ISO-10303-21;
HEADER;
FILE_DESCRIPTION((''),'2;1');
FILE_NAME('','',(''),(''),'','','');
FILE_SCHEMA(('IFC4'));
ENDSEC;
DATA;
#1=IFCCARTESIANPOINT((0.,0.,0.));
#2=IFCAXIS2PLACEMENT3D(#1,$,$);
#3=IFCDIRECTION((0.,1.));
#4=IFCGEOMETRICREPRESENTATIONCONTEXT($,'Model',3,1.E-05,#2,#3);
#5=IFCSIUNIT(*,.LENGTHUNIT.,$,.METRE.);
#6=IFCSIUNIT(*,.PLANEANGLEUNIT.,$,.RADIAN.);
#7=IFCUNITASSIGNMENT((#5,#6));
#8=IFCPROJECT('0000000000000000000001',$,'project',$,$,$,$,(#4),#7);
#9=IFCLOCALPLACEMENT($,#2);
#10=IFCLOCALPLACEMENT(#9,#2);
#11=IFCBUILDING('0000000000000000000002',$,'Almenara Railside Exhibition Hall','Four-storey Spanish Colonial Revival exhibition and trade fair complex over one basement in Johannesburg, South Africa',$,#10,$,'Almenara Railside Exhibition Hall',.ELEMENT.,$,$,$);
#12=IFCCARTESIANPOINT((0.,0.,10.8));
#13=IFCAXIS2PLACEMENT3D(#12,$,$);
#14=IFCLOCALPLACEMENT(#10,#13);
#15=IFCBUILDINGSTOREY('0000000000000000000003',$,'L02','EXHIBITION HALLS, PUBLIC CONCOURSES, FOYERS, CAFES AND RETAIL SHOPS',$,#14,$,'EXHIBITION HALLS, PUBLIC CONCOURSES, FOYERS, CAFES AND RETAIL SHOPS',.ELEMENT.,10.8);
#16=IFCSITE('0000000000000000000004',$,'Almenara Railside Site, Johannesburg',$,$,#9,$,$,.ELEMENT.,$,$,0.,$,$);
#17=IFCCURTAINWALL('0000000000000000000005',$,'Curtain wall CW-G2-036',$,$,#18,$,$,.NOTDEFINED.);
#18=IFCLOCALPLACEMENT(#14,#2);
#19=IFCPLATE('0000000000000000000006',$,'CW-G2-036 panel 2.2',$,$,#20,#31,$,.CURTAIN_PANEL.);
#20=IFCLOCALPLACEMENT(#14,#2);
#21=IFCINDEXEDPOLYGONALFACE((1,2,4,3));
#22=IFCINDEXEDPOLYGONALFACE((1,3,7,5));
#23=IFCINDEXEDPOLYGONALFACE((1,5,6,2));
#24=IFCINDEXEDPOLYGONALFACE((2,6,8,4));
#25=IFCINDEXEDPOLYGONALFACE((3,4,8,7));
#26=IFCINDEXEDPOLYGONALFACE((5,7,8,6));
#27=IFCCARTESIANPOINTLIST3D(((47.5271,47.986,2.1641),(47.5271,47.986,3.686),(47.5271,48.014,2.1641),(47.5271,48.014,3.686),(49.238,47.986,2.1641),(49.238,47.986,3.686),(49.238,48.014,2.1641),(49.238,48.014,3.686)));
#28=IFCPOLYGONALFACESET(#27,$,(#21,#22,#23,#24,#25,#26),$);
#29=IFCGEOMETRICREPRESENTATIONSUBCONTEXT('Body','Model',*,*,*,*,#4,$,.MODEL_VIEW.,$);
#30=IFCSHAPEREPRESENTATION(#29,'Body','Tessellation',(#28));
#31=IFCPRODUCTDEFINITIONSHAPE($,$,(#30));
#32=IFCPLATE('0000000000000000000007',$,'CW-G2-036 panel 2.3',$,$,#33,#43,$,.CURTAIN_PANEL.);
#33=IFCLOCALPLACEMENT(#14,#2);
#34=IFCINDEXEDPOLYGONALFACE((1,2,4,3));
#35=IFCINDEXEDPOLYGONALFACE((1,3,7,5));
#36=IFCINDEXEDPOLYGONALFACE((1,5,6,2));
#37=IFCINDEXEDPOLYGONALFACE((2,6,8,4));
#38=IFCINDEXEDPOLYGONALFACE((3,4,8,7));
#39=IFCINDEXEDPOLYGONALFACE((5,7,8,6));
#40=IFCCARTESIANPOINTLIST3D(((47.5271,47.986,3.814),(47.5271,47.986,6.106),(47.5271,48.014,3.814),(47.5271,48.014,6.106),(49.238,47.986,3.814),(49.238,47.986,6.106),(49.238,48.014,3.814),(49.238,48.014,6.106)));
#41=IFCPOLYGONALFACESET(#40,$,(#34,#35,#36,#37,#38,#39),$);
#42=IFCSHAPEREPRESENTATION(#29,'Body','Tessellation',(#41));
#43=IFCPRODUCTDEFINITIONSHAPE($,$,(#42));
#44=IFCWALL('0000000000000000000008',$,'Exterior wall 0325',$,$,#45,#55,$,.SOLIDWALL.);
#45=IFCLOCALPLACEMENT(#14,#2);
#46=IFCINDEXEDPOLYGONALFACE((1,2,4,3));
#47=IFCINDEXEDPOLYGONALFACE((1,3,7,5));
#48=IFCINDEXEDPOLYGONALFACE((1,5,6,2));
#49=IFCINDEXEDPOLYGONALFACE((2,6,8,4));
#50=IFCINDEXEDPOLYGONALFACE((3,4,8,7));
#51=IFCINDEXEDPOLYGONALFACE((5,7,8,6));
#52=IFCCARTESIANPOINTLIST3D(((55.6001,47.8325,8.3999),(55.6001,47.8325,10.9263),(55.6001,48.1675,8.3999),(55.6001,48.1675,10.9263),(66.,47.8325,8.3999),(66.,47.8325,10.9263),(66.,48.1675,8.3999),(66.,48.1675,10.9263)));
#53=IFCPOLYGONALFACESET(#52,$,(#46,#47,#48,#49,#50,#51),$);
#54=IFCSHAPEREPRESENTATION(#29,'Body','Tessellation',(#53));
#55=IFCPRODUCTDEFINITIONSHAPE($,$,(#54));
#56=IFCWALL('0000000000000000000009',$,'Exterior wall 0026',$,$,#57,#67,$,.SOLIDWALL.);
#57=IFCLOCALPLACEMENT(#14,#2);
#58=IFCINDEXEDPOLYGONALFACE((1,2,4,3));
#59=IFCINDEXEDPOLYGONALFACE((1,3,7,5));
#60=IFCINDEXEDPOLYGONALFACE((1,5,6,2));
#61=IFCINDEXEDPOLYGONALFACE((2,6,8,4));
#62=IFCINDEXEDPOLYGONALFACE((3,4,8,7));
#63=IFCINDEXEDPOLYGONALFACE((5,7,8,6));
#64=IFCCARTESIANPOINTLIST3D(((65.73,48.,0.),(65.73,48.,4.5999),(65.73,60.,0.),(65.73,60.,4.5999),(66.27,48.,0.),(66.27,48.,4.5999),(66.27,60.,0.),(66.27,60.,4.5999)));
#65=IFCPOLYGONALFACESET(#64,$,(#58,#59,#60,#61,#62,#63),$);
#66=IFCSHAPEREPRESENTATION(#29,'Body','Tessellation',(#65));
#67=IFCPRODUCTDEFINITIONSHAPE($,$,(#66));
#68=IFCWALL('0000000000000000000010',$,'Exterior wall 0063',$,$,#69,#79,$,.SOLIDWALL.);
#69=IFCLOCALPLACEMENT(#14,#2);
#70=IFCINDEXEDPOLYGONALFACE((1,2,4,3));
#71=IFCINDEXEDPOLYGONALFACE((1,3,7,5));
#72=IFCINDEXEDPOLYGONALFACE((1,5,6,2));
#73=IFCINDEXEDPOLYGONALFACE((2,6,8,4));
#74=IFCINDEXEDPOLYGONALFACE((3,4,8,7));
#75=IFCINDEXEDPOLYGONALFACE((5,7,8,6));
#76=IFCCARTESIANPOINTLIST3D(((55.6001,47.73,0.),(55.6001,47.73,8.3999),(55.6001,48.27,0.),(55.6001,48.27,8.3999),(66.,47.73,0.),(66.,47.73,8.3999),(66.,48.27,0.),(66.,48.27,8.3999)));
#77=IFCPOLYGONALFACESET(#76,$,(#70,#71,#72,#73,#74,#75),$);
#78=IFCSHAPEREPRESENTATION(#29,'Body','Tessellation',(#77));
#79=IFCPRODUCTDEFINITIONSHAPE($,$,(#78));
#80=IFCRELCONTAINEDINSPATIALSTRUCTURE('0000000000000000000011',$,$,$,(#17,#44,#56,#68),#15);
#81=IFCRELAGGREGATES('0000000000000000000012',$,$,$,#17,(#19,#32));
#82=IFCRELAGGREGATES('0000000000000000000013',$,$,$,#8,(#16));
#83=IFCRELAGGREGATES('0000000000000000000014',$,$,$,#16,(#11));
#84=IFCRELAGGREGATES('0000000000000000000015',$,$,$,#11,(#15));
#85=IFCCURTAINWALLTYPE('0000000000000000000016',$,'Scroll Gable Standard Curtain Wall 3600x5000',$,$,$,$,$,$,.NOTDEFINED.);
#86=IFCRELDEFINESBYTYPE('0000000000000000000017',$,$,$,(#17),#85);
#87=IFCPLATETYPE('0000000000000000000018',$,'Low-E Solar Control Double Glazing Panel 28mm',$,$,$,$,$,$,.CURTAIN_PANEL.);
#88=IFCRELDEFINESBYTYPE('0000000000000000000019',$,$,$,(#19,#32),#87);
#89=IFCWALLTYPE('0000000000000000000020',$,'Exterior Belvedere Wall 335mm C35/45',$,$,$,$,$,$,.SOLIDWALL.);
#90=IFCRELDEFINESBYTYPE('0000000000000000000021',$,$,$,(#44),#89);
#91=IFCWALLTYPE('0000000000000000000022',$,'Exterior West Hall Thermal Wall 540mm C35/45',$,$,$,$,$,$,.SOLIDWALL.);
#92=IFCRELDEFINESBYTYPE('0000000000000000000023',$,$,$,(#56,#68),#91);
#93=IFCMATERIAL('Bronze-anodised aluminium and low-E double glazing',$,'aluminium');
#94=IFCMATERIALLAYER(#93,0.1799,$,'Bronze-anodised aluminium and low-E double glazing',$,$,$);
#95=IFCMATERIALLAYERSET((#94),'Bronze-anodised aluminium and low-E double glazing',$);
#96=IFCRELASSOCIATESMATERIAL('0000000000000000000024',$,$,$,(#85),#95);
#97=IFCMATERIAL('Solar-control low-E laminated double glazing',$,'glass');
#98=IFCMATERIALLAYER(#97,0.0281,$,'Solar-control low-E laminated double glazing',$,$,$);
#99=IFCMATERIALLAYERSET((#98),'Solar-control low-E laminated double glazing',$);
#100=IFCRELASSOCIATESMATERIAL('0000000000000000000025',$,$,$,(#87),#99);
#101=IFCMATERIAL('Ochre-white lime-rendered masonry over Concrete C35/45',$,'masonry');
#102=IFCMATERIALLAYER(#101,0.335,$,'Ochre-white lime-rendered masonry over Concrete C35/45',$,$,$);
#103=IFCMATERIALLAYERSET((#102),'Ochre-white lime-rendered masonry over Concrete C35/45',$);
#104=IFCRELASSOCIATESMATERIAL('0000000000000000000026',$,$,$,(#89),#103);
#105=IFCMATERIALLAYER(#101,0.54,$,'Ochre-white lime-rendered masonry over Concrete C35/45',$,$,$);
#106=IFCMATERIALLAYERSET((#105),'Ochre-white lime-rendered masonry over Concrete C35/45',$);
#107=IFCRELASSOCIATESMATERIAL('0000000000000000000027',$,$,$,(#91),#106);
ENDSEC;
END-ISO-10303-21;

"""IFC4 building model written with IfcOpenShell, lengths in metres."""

from ifc_helpers import new_model, si_unit, direction, frame, frame_2d, origin, origin_2d, place, context, subcontext, project, spatial, rectangle, extrude, material, layer, layer_set, type_object, element, aggregate, save


model = new_model("IFC4")

# Units and contexts
model_context = context("Model", 3, precision=1e-05, world=origin(), true_north=direction((0.0, 1.0)))
body_context = subcontext(model_context, "Body", "Model", "MODEL_VIEW")
ifc_project = project(units=[si_unit("LENGTHUNIT", "METRE"), si_unit("PLANEANGLEUNIT", "RADIAN")], contexts=[model_context])

# Site, building, storey
site_placement = place(None, origin())
site = spatial("IfcSite", under=ifc_project, at=site_placement, Name="Almenara Railside Site, Johannesburg", CompositionType="ELEMENT", RefElevation=0.0)
building_placement = place(site_placement, origin())
building = spatial("IfcBuilding", under=site, at=building_placement, Name="Almenara Railside Exhibition Hall", Description="Four-storey Spanish Colonial Revival exhibition and trade fair complex over one basement in Johannesburg, South Africa", LongName="Almenara Railside Exhibition Hall", CompositionType="ELEMENT")
storey_placement = place(building_placement, frame((0.0, 0.0, 10.8)))
storey = spatial("IfcBuildingStorey", under=building, at=storey_placement, Name="L02", Description="EXHIBITION HALLS, PUBLIC CONCOURSES, FOYERS, CAFES AND RETAIL SHOPS", LongName="EXHIBITION HALLS, PUBLIC CONCOURSES, FOYERS, CAFES AND RETAIL SHOPS", CompositionType="ELEMENT", Elevation=10.8)

# Shared definitions
ifc_material_1 = material(Name="Bronze-anodised aluminium and low-E double glazing", Category="aluminium")
ifc_layer_1 = layer(ifc_material_1, 0.1799, Name="Bronze-anodised aluminium and low-E double glazing")
ifc_layer_set_1 = layer_set([ifc_layer_1], Name="Bronze-anodised aluminium and low-E double glazing")
curtain_wall_type_1 = type_object("IfcCurtainWallType", Name="Scroll Gable Standard Curtain Wall 3600x5000", PredefinedType="NOTDEFINED", material=ifc_layer_set_1)

# Curtain wall
curtain_wall_1_placement = place(storey_placement, origin())
curtain_wall_1 = element("IfcCurtainWall", 1, at=curtain_wall_1_placement, inside=storey, type_object=curtain_wall_type_1, Name="Curtain wall CW-G2-036", PredefinedType="NOTDEFINED")

# Plates
ifc_material_2 = material(Name="Solar-control low-E laminated double glazing", Category="glass")
ifc_layer_2 = layer(ifc_material_2, 0.0281, Name="Solar-control low-E laminated double glazing")
ifc_layer_set_2 = layer_set([ifc_layer_2], Name="Solar-control low-E laminated double glazing")
plate_type_1 = type_object("IfcPlateType", Name="Low-E Solar Control Double Glazing Panel 28mm", PredefinedType="CURTAIN_PANEL", material=ifc_layer_set_2)
plate_1_placement = place(storey_placement, frame((48.3826, 48.0, 2.1641), z_axis=(0.0, 0.0, 1.0), x_axis=(1.0, 0.0, 0.0)))
plate_1 = element("IfcPlate", 2, at=plate_1_placement, type_object=plate_type_1, Name="CW-G2-036 panel 2.2", PredefinedType="CURTAIN_PANEL", context=body_context, shape_type="SweptSolid", body=[
    extrude(rectangle(XDim=1.7109, YDim=0.0281, at=origin_2d()), origin(), (0.0, 0.0, 1.0), 1.522),
])
plate_2_placement = place(storey_placement, frame((48.3826, 48.0, 3.814), z_axis=(0.0, 0.0, 1.0), x_axis=(1.0, 0.0, 0.0)))
plate_2 = element("IfcPlate", 3, at=plate_2_placement, type_object=plate_type_1, Name="CW-G2-036 panel 2.3", PredefinedType="CURTAIN_PANEL", context=body_context, shape_type="SweptSolid", body=[
    extrude(rectangle(XDim=1.7109, YDim=0.0281, at=origin_2d()), origin(), (0.0, 0.0, 1.0), 2.292),
])
aggregate(curtain_wall_1, [plate_1, plate_2])

# Walls
ifc_material_3 = material(Name="Ochre-white lime-rendered masonry over Concrete C35/45", Category="masonry")
ifc_layer_3 = layer(ifc_material_3, 0.335, Name="Ochre-white lime-rendered masonry over Concrete C35/45")
ifc_layer_set_3 = layer_set([ifc_layer_3], Name="Ochre-white lime-rendered masonry over Concrete C35/45")
wall_type_1 = type_object("IfcWallType", Name="Exterior Belvedere Wall 335mm C35/45", PredefinedType="SOLIDWALL", material=ifc_layer_set_3)
wall_1_placement = place(storey_placement, frame((55.6001, 48.0, 8.3999), z_axis=(0.0, 0.0, 1.0), x_axis=(1.0, 0.0, 0.0)))
element("IfcWall", 4, at=wall_1_placement, inside=storey, type_object=wall_type_1, Name="Exterior wall 0325", PredefinedType="SOLIDWALL", context=body_context, shape_type="SweptSolid", body=[
    extrude(rectangle(XDim=10.3999, YDim=0.335, at=frame_2d((5.2, 0.0))), origin(), (0.0, 0.0, 1.0), 2.5264),
])
ifc_layer_4 = layer(ifc_material_3, 0.54, Name="Ochre-white lime-rendered masonry over Concrete C35/45")
ifc_layer_set_4 = layer_set([ifc_layer_4], Name="Ochre-white lime-rendered masonry over Concrete C35/45")
wall_type_2 = type_object("IfcWallType", Name="Exterior West Hall Thermal Wall 540mm C35/45", PredefinedType="SOLIDWALL", material=ifc_layer_set_4)
wall_2_placement = place(storey_placement, frame((66.0, 48.0, 0.0), z_axis=(0.0, 0.0, 1.0), x_axis=(0.0, 1.0, 0.0)))
element("IfcWall", 5, at=wall_2_placement, inside=storey, type_object=wall_type_2, Name="Exterior wall 0026", PredefinedType="SOLIDWALL", context=body_context, shape_type="SweptSolid", body=[
    extrude(rectangle(XDim=12.0, YDim=0.54, at=frame_2d((6.0, 0.0))), origin(), (0.0, 0.0, 1.0), 4.5999),
])
wall_3_placement = place(storey_placement, frame((55.6001, 48.0, 0.0), z_axis=(0.0, 0.0, 1.0), x_axis=(1.0, 0.0, 0.0)))
element("IfcWall", 6, at=wall_3_placement, inside=storey, type_object=wall_type_2, Name="Exterior wall 0063", PredefinedType="SOLIDWALL", context=body_context, shape_type="SweptSolid", body=[
    extrude(rectangle(XDim=10.3999, YDim=0.54, at=frame_2d((5.2, 0.0))), origin(), (0.0, 0.0, 1.0), 8.3999),
])

save(model, "model.ifc")
